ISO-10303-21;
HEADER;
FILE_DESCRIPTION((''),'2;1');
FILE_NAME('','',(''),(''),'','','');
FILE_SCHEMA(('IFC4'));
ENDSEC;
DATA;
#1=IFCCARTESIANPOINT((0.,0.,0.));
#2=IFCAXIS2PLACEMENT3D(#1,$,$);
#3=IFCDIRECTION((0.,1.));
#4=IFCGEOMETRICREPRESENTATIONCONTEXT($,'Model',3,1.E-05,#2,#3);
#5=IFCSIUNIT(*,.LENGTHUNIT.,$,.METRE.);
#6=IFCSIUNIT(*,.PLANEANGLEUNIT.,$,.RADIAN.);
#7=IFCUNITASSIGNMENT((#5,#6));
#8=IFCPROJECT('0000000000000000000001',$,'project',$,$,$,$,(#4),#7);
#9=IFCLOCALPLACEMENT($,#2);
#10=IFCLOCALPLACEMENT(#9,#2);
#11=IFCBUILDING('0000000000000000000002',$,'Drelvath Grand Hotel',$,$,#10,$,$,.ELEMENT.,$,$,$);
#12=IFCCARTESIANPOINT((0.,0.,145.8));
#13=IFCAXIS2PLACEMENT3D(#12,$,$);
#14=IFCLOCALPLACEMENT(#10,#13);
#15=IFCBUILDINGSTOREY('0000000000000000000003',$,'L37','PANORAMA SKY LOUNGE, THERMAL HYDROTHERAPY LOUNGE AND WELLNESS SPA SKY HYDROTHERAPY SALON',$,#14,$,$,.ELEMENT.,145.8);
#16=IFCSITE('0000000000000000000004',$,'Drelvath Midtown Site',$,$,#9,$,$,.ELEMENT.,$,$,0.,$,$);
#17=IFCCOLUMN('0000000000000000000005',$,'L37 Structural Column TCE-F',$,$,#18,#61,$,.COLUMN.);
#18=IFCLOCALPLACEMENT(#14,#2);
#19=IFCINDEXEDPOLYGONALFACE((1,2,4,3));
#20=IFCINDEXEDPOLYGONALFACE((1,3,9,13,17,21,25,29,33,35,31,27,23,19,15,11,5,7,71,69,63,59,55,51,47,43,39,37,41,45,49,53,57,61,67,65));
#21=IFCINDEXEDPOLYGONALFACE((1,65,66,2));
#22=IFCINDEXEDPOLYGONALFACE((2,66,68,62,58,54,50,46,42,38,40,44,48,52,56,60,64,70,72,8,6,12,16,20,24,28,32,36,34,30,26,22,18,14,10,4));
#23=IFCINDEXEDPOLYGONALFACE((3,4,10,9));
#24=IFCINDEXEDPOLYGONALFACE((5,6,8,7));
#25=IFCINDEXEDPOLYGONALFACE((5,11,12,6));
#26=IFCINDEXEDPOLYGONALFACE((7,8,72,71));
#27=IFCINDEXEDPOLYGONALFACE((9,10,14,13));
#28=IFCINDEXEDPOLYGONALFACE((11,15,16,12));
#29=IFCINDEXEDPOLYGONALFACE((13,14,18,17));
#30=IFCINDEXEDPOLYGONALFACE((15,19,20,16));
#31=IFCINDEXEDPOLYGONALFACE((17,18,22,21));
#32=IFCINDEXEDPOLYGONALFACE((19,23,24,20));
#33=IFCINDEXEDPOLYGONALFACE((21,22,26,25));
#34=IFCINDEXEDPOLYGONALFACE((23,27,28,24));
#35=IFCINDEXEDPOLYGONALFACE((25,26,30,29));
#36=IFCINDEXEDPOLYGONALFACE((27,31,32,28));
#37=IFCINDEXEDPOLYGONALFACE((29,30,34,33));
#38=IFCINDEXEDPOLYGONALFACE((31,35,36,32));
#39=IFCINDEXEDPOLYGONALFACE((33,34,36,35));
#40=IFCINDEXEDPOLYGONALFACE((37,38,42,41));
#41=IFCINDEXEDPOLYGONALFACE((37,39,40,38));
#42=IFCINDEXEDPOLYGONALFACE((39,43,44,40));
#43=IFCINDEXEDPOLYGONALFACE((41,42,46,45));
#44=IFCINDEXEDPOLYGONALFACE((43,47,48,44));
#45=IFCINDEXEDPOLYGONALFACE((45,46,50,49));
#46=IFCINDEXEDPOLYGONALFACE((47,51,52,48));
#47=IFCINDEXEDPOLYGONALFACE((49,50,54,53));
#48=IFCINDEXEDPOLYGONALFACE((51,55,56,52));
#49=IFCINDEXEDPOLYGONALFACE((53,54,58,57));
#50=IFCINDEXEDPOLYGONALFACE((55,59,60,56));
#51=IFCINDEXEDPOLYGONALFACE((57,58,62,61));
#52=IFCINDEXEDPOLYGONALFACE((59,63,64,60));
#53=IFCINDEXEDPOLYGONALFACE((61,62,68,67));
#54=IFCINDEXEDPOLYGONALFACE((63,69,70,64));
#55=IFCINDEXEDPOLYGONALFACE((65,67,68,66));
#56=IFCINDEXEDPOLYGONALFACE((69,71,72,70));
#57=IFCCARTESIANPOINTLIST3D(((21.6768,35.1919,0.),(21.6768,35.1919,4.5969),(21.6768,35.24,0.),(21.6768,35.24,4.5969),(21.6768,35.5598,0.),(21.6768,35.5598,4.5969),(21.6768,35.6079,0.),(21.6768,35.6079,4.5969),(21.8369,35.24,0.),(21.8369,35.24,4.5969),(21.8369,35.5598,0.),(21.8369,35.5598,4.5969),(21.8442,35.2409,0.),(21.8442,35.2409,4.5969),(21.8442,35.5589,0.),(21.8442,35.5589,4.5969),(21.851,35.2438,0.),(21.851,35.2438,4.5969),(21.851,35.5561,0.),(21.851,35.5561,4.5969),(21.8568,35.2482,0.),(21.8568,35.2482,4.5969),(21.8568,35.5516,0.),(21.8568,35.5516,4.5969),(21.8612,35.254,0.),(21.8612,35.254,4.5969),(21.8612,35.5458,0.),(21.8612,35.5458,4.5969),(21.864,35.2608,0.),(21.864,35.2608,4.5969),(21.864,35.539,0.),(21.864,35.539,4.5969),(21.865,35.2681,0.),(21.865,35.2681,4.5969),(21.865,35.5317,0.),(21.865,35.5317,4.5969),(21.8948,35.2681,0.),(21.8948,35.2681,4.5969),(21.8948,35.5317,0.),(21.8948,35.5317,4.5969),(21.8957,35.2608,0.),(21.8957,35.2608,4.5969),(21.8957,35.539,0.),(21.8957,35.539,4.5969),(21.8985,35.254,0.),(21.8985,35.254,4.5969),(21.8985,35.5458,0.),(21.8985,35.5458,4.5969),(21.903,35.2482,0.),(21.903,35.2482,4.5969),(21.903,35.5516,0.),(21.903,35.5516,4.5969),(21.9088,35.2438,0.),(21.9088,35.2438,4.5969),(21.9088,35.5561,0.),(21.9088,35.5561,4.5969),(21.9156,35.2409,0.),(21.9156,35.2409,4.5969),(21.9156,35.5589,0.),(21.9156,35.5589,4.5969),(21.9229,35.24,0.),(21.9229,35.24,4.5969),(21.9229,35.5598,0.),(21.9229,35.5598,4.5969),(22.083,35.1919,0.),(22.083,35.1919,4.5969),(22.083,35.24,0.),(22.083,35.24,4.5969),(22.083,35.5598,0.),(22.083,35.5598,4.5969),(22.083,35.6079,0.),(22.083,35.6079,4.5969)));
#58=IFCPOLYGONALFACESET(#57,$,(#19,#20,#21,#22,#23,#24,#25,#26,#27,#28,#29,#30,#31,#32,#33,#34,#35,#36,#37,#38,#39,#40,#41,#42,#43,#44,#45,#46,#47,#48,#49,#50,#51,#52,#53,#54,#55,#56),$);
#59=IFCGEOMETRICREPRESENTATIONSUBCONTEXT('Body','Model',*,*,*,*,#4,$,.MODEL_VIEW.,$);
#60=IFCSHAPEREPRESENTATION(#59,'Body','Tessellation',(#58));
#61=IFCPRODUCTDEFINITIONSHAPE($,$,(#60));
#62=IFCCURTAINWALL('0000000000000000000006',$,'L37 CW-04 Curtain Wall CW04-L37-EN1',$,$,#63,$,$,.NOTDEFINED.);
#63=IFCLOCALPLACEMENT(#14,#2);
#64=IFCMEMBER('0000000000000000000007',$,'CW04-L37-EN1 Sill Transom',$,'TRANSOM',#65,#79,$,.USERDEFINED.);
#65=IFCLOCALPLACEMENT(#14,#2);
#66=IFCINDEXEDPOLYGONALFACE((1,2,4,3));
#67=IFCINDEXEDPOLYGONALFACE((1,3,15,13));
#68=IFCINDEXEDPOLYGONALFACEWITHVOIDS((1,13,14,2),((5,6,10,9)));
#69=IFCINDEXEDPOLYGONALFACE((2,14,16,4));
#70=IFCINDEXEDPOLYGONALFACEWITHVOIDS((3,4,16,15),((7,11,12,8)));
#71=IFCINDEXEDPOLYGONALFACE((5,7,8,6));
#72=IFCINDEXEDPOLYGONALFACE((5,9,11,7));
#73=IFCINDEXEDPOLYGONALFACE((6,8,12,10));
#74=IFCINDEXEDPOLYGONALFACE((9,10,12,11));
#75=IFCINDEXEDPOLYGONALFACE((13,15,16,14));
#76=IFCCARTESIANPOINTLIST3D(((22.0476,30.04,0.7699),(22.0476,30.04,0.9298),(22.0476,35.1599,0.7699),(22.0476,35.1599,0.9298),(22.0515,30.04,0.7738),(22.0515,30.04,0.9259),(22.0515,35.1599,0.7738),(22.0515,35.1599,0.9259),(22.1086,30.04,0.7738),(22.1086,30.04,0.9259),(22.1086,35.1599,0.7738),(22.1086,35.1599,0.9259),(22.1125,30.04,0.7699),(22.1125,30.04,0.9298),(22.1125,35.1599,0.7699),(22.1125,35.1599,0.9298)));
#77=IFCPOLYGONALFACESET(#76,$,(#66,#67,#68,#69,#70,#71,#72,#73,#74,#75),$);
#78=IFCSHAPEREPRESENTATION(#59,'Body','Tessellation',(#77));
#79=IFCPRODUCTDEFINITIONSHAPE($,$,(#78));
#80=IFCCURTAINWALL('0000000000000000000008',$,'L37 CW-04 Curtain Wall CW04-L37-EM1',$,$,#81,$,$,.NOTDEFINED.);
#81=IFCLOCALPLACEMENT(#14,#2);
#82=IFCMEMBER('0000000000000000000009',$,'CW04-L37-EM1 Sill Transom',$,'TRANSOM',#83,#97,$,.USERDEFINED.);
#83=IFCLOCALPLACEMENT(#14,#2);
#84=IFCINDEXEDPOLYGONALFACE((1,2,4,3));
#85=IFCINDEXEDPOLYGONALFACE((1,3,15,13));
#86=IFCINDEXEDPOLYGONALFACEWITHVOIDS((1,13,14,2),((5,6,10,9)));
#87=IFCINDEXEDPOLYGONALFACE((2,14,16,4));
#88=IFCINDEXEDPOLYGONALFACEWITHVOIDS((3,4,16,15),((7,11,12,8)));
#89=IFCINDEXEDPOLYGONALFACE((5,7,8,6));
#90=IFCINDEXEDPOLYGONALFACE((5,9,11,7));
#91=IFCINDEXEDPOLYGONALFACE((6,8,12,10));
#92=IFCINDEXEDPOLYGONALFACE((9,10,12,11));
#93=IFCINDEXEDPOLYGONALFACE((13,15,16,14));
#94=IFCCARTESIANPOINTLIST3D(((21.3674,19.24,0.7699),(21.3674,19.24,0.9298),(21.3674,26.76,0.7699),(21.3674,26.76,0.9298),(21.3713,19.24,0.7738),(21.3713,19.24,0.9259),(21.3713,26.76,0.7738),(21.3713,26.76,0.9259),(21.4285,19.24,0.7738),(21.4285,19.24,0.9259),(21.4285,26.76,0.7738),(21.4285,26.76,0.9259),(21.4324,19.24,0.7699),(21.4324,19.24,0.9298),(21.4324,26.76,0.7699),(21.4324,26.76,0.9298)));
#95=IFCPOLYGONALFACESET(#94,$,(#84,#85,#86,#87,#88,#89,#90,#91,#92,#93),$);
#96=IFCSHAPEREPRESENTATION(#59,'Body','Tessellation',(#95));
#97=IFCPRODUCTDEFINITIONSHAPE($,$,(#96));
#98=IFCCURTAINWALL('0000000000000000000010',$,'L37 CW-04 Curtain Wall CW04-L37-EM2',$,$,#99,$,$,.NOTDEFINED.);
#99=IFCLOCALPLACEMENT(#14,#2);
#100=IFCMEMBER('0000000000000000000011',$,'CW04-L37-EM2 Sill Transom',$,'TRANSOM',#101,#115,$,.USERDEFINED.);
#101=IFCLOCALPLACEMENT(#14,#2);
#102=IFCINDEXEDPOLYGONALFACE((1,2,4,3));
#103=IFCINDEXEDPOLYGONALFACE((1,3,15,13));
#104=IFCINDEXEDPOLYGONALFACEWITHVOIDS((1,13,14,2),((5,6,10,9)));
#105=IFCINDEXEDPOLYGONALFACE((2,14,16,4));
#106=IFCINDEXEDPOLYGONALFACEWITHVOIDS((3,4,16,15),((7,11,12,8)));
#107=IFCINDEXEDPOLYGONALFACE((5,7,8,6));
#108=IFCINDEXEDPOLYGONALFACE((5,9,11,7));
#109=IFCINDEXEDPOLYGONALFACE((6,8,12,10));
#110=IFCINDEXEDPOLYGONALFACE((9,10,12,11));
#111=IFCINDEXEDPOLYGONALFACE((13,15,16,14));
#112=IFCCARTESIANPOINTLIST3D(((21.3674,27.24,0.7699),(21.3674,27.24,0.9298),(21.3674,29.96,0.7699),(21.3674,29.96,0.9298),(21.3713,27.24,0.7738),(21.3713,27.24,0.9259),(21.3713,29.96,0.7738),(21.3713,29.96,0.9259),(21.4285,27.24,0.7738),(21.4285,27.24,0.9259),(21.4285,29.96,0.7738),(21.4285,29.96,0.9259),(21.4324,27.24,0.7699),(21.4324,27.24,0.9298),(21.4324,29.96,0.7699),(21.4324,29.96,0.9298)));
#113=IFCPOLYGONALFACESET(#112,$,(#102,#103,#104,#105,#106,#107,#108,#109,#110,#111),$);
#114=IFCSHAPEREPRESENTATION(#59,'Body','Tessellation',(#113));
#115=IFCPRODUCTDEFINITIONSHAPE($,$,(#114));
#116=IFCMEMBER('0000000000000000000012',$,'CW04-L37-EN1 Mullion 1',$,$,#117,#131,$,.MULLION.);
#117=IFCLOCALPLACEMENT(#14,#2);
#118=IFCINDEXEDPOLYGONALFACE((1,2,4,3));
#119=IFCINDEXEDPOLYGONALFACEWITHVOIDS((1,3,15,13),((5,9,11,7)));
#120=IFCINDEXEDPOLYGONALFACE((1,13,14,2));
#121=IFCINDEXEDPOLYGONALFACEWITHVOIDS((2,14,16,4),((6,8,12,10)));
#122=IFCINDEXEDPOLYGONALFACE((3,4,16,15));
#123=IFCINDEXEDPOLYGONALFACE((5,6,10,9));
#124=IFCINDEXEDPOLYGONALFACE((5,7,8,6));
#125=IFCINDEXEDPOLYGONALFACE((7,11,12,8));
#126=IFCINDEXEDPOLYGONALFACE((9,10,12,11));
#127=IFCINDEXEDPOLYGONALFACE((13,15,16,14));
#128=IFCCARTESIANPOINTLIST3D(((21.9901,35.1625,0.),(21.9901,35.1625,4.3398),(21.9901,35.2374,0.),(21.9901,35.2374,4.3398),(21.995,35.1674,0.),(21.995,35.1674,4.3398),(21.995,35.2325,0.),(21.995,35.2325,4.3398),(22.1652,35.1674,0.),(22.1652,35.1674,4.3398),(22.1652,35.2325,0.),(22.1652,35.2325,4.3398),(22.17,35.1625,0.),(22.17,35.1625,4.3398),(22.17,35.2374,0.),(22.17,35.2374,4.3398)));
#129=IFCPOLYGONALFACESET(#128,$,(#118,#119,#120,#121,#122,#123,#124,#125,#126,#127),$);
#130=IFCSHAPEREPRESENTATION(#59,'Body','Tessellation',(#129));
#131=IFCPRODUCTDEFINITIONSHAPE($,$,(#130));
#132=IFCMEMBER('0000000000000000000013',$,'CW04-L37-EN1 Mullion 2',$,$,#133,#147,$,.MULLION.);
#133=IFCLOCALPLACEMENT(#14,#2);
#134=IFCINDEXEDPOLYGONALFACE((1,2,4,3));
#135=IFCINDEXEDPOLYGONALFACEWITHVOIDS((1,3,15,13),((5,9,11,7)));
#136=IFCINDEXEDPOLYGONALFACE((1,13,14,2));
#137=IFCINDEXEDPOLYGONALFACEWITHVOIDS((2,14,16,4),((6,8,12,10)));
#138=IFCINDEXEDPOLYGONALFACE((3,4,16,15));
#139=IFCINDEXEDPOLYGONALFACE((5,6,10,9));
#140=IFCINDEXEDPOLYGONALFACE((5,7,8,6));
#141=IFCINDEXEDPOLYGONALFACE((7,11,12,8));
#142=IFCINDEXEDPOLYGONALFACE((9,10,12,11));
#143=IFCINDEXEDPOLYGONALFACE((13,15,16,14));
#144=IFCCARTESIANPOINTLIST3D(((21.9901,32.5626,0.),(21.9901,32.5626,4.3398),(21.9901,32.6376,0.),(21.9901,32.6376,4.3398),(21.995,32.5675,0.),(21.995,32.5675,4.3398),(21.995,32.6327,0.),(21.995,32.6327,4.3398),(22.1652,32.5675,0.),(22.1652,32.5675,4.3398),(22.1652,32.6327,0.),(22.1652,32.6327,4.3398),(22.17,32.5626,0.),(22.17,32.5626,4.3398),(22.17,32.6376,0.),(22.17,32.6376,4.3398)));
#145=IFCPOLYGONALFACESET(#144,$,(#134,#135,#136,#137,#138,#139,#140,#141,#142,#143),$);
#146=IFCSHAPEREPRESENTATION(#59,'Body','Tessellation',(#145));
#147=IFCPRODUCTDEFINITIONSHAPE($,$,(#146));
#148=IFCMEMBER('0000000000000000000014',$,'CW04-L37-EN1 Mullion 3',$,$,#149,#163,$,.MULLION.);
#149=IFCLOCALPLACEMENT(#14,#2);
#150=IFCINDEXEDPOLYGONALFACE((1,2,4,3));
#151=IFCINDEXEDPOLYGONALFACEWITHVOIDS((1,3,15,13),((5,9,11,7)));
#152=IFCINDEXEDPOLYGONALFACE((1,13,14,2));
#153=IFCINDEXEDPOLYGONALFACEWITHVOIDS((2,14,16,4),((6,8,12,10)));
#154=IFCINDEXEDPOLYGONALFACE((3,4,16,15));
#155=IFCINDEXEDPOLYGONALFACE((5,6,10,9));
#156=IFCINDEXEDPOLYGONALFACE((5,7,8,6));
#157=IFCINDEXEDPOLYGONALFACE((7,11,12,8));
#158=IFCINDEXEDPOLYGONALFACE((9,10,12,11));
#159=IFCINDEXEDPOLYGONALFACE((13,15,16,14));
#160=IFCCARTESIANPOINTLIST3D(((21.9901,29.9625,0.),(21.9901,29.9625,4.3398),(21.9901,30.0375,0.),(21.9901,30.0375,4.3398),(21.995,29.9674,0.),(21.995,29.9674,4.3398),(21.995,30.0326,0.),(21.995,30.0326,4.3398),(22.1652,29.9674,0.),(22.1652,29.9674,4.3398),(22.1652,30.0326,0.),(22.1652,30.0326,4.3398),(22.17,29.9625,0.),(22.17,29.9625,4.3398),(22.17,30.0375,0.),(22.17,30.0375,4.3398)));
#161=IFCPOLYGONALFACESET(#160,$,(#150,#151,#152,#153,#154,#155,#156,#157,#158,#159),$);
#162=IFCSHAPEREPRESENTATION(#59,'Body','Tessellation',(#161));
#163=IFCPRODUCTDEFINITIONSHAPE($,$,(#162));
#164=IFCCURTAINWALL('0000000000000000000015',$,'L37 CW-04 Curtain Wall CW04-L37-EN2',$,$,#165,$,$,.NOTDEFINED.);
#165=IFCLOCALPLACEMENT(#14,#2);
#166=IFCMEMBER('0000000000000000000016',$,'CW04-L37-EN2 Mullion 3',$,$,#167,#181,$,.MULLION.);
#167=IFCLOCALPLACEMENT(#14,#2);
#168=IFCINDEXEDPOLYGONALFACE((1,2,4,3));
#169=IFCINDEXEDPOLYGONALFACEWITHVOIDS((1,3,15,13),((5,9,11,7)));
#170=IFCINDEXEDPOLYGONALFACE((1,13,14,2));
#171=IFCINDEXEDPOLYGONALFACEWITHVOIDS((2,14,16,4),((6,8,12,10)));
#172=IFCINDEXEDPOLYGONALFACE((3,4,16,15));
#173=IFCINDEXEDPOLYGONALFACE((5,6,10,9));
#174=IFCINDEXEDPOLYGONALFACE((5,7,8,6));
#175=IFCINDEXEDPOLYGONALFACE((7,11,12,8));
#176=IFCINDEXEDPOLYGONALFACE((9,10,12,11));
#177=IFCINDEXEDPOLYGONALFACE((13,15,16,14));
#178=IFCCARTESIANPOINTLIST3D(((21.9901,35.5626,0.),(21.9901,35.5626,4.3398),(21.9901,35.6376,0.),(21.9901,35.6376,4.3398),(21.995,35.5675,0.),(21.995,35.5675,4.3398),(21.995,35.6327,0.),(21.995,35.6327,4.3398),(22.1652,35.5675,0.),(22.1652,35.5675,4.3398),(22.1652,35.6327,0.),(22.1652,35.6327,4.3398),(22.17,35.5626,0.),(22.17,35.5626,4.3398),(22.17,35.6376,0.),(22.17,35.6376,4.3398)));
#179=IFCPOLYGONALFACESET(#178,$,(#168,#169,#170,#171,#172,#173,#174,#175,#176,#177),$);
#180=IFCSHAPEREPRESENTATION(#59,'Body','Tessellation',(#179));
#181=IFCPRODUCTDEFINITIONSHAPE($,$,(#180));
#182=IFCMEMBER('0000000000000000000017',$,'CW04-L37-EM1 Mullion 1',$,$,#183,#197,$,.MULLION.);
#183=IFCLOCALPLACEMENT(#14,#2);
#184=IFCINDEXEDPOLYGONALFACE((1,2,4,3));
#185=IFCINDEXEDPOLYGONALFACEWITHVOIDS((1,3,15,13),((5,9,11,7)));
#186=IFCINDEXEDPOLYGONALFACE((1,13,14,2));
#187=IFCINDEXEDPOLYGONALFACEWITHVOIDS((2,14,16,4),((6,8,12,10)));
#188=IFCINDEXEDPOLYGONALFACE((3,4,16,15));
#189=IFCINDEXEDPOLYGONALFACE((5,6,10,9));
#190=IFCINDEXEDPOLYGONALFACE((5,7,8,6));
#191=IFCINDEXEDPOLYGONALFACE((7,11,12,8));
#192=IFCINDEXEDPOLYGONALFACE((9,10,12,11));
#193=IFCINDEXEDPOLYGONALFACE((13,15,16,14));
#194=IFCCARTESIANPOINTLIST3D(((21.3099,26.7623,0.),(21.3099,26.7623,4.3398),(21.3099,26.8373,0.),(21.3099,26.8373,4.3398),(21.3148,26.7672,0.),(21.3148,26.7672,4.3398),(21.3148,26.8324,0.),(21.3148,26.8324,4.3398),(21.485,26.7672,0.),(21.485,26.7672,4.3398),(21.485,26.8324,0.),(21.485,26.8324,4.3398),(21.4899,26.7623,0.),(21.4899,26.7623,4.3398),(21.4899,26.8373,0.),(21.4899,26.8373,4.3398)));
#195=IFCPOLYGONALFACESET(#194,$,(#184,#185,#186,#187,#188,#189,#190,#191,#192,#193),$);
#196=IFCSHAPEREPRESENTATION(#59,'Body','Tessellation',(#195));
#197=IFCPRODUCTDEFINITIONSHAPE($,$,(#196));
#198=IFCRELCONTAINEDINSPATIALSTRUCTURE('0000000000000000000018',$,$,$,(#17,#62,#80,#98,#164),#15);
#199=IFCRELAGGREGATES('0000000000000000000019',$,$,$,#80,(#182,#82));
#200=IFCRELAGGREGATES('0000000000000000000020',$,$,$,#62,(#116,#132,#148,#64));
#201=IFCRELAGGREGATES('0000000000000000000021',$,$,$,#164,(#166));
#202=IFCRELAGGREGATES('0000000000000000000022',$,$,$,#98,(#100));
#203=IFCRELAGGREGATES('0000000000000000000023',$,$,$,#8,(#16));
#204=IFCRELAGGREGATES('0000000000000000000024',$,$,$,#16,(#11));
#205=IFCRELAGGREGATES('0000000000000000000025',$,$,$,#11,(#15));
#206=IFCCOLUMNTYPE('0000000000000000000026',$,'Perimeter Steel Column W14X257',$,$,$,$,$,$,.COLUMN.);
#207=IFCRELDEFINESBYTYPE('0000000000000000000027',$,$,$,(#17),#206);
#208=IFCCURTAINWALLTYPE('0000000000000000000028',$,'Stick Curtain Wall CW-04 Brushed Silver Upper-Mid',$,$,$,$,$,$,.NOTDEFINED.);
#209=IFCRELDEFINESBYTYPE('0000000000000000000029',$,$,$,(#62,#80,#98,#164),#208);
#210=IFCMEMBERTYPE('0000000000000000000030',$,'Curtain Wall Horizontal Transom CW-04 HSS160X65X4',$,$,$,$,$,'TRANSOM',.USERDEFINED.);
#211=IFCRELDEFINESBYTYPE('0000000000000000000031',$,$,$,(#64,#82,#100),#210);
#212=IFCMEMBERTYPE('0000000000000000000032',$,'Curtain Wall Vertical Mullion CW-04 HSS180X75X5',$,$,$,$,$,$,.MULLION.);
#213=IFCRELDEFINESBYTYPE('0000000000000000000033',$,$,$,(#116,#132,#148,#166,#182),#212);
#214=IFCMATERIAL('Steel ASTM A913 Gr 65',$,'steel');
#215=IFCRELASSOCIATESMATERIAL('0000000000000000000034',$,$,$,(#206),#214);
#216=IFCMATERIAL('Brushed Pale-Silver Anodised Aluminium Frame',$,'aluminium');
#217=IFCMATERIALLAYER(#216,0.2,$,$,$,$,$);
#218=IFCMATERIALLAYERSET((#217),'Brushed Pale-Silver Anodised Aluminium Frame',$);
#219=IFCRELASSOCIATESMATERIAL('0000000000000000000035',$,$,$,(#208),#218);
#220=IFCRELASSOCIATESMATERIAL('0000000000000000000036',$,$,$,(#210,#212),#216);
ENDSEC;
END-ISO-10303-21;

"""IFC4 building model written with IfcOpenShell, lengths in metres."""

from ifc_helpers import new_model, si_unit, direction, frame, origin, origin_2d, place, context, subcontext, project, spatial, hollow_rectangle, i_section, extrude, material, layer, layer_set, material_profile, profile_set, type_object, element, aggregate, save


model = new_model("IFC4")

# Units and contexts
model_context = context("Model", 3, precision=1e-05, world=origin(), true_north=direction((0.0, 1.0)))
body_context = subcontext(model_context, "Body", "Model", "MODEL_VIEW")
ifc_project = project(units=[si_unit("LENGTHUNIT", "METRE"), si_unit("PLANEANGLEUNIT", "RADIAN")], contexts=[model_context])

# Site, building, storey
site_placement = place(None, origin())
site = spatial("IfcSite", under=ifc_project, at=site_placement, Name="Drelvath Midtown Site", CompositionType="ELEMENT", RefElevation=0.0)
building_placement = place(site_placement, origin())
building = spatial("IfcBuilding", under=site, at=building_placement, Name="Drelvath Grand Hotel", CompositionType="ELEMENT")
storey_placement = place(building_placement, frame((0.0, 0.0, 145.8)))
storey = spatial("IfcBuildingStorey", under=building, at=storey_placement, Name="L37", Description="PANORAMA SKY LOUNGE, THERMAL HYDROTHERAPY LOUNGE AND WELLNESS SPA SKY HYDROTHERAPY SALON", CompositionType="ELEMENT", Elevation=145.8)

# Column
ifc_material_1 = material(Name="Steel ASTM A913 Gr 65", Category="steel")
ifc_material_profile_1 = material_profile(ifc_material_1, i_section(OverallWidth=0.4062, OverallDepth=0.416, WebThickness=0.0298, FlangeThickness=0.0481, FilletRadius=0.0281, at=origin_2d()), Name="W14X257")
ifc_profile_set_1 = profile_set([ifc_material_profile_1], Name="Steel ASTM A913 Gr 65")
column_type = type_object("IfcColumnType", Name="Perimeter Steel Column W14X257", PredefinedType="COLUMN", material=ifc_profile_set_1)
column_placement = place(storey_placement, frame((21.8799, 35.3999, 0.0), z_axis=(0.0, 0.0, 1.0), x_axis=(1.0, 0.0, 0.0)))
element("IfcColumn", 1, at=column_placement, inside=storey, type_object=column_type, Name="L37 Structural Column TCE-F", PredefinedType="COLUMN", context=body_context, shape_type="SweptSolid", body=[
    extrude(i_section(OverallWidth=0.4062, OverallDepth=0.416, WebThickness=0.0298, FlangeThickness=0.0481, FilletRadius=0.0281, at=origin_2d()), origin(), (0.0, 0.0, 1.0), 4.5969),
])

# Curtain walls, members
ifc_material_2 = material(Name="Brushed Pale-Silver Anodised Aluminium Frame", Category="aluminium")
ifc_layer_1 = layer(ifc_material_2, 0.2)
ifc_layer_set_1 = layer_set([ifc_layer_1], Name="Brushed Pale-Silver Anodised Aluminium Frame")
curtain_wall_type = type_object("IfcCurtainWallType", Name="Stick Curtain Wall CW-04 Brushed Silver Upper-Mid", PredefinedType="NOTDEFINED", material=ifc_layer_set_1)
curtain_wall_1_placement = place(storey_placement, origin())
curtain_wall_1 = element("IfcCurtainWall", 2, at=curtain_wall_1_placement, inside=storey, type_object=curtain_wall_type, Name="L37 CW-04 Curtain Wall CW04-L37-EN1", PredefinedType="NOTDEFINED")
ifc_material_profile_2 = material_profile(ifc_material_2, hollow_rectangle(XDim=0.0649, YDim=0.1599, WallThickness=0.0039, at=origin_2d()), Name="HSS160X65X4")
ifc_profile_set_2 = profile_set([ifc_material_profile_2], Name="Brushed Pale-Silver Anodised Aluminium Frame")
member_type_1 = type_object("IfcMemberType", Name="Curtain Wall Horizontal Transom CW-04 HSS160X65X4", ElementType="TRANSOM", PredefinedType="USERDEFINED", material=ifc_profile_set_2)
member_1_placement = place(storey_placement, frame((22.0801, 35.1599, 0.8499), z_axis=(0.0, -1.0, 0.0), x_axis=(1.0, 0.0, 0.0)))
member_1 = element("IfcMember", 3, at=member_1_placement, type_object=member_type_1, Name="CW04-L37-EN1 Sill Transom", ObjectType="TRANSOM", PredefinedType="USERDEFINED", context=body_context, shape_type="SweptSolid", body=[
    extrude(hollow_rectangle(XDim=0.0649, YDim=0.1599, WallThickness=0.0039, at=origin_2d()), origin(), (0.0, 0.0, 1.0), 5.1199),
])
curtain_wall_2_placement = place(storey_placement, origin())
curtain_wall_2 = element("IfcCurtainWall", 4, at=curtain_wall_2_placement, inside=storey, type_object=curtain_wall_type, Name="L37 CW-04 Curtain Wall CW04-L37-EM1", PredefinedType="NOTDEFINED")
member_2_placement = place(storey_placement, frame((21.3999, 26.76, 0.8499), z_axis=(0.0, -1.0, 0.0), x_axis=(1.0, 0.0, 0.0)))
member_2 = element("IfcMember", 5, at=member_2_placement, type_object=member_type_1, Name="CW04-L37-EM1 Sill Transom", ObjectType="TRANSOM", PredefinedType="USERDEFINED", context=body_context, shape_type="SweptSolid", body=[
    extrude(hollow_rectangle(XDim=0.0649, YDim=0.1599, WallThickness=0.0039, at=origin_2d()), origin(), (0.0, 0.0, 1.0), 7.52),
])
curtain_wall_3_placement = place(storey_placement, origin())
curtain_wall_3 = element("IfcCurtainWall", 6, at=curtain_wall_3_placement, inside=storey, type_object=curtain_wall_type, Name="L37 CW-04 Curtain Wall CW04-L37-EM2", PredefinedType="NOTDEFINED")
member_3_placement = place(storey_placement, frame((21.3999, 29.96, 0.8499), z_axis=(0.0, -1.0, 0.0), x_axis=(1.0, 0.0, 0.0)))
member_3 = element("IfcMember", 7, at=member_3_placement, type_object=member_type_1, Name="CW04-L37-EM2 Sill Transom", ObjectType="TRANSOM", PredefinedType="USERDEFINED", context=body_context, shape_type="SweptSolid", body=[
    extrude(hollow_rectangle(XDim=0.0649, YDim=0.1599, WallThickness=0.0039, at=origin_2d()), origin(), (0.0, 0.0, 1.0), 2.72),
])

# Members
ifc_material_profile_3 = material_profile(ifc_material_2, hollow_rectangle(XDim=0.075, YDim=0.1799, WallThickness=0.0049, at=origin_2d()), Name="HSS180X75X5")
ifc_profile_set_3 = profile_set([ifc_material_profile_3], Name="Brushed Pale-Silver Anodised Aluminium Frame")
member_type_2 = type_object("IfcMemberType", Name="Curtain Wall Vertical Mullion CW-04 HSS180X75X5", PredefinedType="MULLION", material=ifc_profile_set_3)
member_4_placement = place(storey_placement, frame((22.0801, 35.2, 0.0), z_axis=(0.0, 0.0, 1.0), x_axis=(0.0, 1.0, 0.0)))
member_4 = element("IfcMember", 8, at=member_4_placement, type_object=member_type_2, Name="CW04-L37-EN1 Mullion 1", PredefinedType="MULLION", context=body_context, shape_type="SweptSolid", body=[
    extrude(hollow_rectangle(XDim=0.075, YDim=0.1799, WallThickness=0.0049, at=origin_2d()), origin(), (0.0, 0.0, 1.0), 4.3398),
])
member_5_placement = place(storey_placement, frame((22.0801, 32.6001, 0.0), z_axis=(0.0, 0.0, 1.0), x_axis=(0.0, 1.0, 0.0)))
member_5 = element("IfcMember", 9, at=member_5_placement, type_object=member_type_2, Name="CW04-L37-EN1 Mullion 2", PredefinedType="MULLION", context=body_context, shape_type="SweptSolid", body=[
    extrude(hollow_rectangle(XDim=0.075, YDim=0.1799, WallThickness=0.0049, at=origin_2d()), origin(), (0.0, 0.0, 1.0), 4.3398),
])
member_6_placement = place(storey_placement, frame((22.0801, 30.0, 0.0), z_axis=(0.0, 0.0, 1.0), x_axis=(0.0, 1.0, 0.0)))
member_6 = element("IfcMember", 10, at=member_6_placement, type_object=member_type_2, Name="CW04-L37-EN1 Mullion 3", PredefinedType="MULLION", context=body_context, shape_type="SweptSolid", body=[
    extrude(hollow_rectangle(XDim=0.075, YDim=0.1799, WallThickness=0.0049, at=origin_2d()), origin(), (0.0, 0.0, 1.0), 4.3398),
])

# Curtain wall, member
curtain_wall_4_placement = place(storey_placement, origin())
curtain_wall_4 = element("IfcCurtainWall", 11, at=curtain_wall_4_placement, inside=storey, type_object=curtain_wall_type, Name="L37 CW-04 Curtain Wall CW04-L37-EN2", PredefinedType="NOTDEFINED")
member_7_placement = place(storey_placement, frame((22.0801, 35.6001, 0.0), z_axis=(0.0, 0.0, 1.0), x_axis=(0.0, 1.0, 0.0)))
member_7 = element("IfcMember", 12, at=member_7_placement, type_object=member_type_2, Name="CW04-L37-EN2 Mullion 3", PredefinedType="MULLION", context=body_context, shape_type="SweptSolid", body=[
    extrude(hollow_rectangle(XDim=0.075, YDim=0.1799, WallThickness=0.0049, at=origin_2d()), origin(), (0.0, 0.0, 1.0), 4.3398),
])

# Member
member_8_placement = place(storey_placement, frame((21.3999, 26.7998, 0.0), z_axis=(0.0, 0.0, 1.0), x_axis=(0.0, 1.0, 0.0)))
member_8 = element("IfcMember", 13, at=member_8_placement, type_object=member_type_2, Name="CW04-L37-EM1 Mullion 1", PredefinedType="MULLION", context=body_context, shape_type="SweptSolid", body=[
    extrude(hollow_rectangle(XDim=0.075, YDim=0.1799, WallThickness=0.0049, at=origin_2d()), origin(), (0.0, 0.0, 1.0), 4.3398),
])
aggregate(curtain_wall_2, [member_8, member_2])

aggregate(curtain_wall_1, [member_4, member_5, member_6, member_1])
aggregate(curtain_wall_4, [member_7])
aggregate(curtain_wall_3, [member_3])

save(model, "model.ifc")
